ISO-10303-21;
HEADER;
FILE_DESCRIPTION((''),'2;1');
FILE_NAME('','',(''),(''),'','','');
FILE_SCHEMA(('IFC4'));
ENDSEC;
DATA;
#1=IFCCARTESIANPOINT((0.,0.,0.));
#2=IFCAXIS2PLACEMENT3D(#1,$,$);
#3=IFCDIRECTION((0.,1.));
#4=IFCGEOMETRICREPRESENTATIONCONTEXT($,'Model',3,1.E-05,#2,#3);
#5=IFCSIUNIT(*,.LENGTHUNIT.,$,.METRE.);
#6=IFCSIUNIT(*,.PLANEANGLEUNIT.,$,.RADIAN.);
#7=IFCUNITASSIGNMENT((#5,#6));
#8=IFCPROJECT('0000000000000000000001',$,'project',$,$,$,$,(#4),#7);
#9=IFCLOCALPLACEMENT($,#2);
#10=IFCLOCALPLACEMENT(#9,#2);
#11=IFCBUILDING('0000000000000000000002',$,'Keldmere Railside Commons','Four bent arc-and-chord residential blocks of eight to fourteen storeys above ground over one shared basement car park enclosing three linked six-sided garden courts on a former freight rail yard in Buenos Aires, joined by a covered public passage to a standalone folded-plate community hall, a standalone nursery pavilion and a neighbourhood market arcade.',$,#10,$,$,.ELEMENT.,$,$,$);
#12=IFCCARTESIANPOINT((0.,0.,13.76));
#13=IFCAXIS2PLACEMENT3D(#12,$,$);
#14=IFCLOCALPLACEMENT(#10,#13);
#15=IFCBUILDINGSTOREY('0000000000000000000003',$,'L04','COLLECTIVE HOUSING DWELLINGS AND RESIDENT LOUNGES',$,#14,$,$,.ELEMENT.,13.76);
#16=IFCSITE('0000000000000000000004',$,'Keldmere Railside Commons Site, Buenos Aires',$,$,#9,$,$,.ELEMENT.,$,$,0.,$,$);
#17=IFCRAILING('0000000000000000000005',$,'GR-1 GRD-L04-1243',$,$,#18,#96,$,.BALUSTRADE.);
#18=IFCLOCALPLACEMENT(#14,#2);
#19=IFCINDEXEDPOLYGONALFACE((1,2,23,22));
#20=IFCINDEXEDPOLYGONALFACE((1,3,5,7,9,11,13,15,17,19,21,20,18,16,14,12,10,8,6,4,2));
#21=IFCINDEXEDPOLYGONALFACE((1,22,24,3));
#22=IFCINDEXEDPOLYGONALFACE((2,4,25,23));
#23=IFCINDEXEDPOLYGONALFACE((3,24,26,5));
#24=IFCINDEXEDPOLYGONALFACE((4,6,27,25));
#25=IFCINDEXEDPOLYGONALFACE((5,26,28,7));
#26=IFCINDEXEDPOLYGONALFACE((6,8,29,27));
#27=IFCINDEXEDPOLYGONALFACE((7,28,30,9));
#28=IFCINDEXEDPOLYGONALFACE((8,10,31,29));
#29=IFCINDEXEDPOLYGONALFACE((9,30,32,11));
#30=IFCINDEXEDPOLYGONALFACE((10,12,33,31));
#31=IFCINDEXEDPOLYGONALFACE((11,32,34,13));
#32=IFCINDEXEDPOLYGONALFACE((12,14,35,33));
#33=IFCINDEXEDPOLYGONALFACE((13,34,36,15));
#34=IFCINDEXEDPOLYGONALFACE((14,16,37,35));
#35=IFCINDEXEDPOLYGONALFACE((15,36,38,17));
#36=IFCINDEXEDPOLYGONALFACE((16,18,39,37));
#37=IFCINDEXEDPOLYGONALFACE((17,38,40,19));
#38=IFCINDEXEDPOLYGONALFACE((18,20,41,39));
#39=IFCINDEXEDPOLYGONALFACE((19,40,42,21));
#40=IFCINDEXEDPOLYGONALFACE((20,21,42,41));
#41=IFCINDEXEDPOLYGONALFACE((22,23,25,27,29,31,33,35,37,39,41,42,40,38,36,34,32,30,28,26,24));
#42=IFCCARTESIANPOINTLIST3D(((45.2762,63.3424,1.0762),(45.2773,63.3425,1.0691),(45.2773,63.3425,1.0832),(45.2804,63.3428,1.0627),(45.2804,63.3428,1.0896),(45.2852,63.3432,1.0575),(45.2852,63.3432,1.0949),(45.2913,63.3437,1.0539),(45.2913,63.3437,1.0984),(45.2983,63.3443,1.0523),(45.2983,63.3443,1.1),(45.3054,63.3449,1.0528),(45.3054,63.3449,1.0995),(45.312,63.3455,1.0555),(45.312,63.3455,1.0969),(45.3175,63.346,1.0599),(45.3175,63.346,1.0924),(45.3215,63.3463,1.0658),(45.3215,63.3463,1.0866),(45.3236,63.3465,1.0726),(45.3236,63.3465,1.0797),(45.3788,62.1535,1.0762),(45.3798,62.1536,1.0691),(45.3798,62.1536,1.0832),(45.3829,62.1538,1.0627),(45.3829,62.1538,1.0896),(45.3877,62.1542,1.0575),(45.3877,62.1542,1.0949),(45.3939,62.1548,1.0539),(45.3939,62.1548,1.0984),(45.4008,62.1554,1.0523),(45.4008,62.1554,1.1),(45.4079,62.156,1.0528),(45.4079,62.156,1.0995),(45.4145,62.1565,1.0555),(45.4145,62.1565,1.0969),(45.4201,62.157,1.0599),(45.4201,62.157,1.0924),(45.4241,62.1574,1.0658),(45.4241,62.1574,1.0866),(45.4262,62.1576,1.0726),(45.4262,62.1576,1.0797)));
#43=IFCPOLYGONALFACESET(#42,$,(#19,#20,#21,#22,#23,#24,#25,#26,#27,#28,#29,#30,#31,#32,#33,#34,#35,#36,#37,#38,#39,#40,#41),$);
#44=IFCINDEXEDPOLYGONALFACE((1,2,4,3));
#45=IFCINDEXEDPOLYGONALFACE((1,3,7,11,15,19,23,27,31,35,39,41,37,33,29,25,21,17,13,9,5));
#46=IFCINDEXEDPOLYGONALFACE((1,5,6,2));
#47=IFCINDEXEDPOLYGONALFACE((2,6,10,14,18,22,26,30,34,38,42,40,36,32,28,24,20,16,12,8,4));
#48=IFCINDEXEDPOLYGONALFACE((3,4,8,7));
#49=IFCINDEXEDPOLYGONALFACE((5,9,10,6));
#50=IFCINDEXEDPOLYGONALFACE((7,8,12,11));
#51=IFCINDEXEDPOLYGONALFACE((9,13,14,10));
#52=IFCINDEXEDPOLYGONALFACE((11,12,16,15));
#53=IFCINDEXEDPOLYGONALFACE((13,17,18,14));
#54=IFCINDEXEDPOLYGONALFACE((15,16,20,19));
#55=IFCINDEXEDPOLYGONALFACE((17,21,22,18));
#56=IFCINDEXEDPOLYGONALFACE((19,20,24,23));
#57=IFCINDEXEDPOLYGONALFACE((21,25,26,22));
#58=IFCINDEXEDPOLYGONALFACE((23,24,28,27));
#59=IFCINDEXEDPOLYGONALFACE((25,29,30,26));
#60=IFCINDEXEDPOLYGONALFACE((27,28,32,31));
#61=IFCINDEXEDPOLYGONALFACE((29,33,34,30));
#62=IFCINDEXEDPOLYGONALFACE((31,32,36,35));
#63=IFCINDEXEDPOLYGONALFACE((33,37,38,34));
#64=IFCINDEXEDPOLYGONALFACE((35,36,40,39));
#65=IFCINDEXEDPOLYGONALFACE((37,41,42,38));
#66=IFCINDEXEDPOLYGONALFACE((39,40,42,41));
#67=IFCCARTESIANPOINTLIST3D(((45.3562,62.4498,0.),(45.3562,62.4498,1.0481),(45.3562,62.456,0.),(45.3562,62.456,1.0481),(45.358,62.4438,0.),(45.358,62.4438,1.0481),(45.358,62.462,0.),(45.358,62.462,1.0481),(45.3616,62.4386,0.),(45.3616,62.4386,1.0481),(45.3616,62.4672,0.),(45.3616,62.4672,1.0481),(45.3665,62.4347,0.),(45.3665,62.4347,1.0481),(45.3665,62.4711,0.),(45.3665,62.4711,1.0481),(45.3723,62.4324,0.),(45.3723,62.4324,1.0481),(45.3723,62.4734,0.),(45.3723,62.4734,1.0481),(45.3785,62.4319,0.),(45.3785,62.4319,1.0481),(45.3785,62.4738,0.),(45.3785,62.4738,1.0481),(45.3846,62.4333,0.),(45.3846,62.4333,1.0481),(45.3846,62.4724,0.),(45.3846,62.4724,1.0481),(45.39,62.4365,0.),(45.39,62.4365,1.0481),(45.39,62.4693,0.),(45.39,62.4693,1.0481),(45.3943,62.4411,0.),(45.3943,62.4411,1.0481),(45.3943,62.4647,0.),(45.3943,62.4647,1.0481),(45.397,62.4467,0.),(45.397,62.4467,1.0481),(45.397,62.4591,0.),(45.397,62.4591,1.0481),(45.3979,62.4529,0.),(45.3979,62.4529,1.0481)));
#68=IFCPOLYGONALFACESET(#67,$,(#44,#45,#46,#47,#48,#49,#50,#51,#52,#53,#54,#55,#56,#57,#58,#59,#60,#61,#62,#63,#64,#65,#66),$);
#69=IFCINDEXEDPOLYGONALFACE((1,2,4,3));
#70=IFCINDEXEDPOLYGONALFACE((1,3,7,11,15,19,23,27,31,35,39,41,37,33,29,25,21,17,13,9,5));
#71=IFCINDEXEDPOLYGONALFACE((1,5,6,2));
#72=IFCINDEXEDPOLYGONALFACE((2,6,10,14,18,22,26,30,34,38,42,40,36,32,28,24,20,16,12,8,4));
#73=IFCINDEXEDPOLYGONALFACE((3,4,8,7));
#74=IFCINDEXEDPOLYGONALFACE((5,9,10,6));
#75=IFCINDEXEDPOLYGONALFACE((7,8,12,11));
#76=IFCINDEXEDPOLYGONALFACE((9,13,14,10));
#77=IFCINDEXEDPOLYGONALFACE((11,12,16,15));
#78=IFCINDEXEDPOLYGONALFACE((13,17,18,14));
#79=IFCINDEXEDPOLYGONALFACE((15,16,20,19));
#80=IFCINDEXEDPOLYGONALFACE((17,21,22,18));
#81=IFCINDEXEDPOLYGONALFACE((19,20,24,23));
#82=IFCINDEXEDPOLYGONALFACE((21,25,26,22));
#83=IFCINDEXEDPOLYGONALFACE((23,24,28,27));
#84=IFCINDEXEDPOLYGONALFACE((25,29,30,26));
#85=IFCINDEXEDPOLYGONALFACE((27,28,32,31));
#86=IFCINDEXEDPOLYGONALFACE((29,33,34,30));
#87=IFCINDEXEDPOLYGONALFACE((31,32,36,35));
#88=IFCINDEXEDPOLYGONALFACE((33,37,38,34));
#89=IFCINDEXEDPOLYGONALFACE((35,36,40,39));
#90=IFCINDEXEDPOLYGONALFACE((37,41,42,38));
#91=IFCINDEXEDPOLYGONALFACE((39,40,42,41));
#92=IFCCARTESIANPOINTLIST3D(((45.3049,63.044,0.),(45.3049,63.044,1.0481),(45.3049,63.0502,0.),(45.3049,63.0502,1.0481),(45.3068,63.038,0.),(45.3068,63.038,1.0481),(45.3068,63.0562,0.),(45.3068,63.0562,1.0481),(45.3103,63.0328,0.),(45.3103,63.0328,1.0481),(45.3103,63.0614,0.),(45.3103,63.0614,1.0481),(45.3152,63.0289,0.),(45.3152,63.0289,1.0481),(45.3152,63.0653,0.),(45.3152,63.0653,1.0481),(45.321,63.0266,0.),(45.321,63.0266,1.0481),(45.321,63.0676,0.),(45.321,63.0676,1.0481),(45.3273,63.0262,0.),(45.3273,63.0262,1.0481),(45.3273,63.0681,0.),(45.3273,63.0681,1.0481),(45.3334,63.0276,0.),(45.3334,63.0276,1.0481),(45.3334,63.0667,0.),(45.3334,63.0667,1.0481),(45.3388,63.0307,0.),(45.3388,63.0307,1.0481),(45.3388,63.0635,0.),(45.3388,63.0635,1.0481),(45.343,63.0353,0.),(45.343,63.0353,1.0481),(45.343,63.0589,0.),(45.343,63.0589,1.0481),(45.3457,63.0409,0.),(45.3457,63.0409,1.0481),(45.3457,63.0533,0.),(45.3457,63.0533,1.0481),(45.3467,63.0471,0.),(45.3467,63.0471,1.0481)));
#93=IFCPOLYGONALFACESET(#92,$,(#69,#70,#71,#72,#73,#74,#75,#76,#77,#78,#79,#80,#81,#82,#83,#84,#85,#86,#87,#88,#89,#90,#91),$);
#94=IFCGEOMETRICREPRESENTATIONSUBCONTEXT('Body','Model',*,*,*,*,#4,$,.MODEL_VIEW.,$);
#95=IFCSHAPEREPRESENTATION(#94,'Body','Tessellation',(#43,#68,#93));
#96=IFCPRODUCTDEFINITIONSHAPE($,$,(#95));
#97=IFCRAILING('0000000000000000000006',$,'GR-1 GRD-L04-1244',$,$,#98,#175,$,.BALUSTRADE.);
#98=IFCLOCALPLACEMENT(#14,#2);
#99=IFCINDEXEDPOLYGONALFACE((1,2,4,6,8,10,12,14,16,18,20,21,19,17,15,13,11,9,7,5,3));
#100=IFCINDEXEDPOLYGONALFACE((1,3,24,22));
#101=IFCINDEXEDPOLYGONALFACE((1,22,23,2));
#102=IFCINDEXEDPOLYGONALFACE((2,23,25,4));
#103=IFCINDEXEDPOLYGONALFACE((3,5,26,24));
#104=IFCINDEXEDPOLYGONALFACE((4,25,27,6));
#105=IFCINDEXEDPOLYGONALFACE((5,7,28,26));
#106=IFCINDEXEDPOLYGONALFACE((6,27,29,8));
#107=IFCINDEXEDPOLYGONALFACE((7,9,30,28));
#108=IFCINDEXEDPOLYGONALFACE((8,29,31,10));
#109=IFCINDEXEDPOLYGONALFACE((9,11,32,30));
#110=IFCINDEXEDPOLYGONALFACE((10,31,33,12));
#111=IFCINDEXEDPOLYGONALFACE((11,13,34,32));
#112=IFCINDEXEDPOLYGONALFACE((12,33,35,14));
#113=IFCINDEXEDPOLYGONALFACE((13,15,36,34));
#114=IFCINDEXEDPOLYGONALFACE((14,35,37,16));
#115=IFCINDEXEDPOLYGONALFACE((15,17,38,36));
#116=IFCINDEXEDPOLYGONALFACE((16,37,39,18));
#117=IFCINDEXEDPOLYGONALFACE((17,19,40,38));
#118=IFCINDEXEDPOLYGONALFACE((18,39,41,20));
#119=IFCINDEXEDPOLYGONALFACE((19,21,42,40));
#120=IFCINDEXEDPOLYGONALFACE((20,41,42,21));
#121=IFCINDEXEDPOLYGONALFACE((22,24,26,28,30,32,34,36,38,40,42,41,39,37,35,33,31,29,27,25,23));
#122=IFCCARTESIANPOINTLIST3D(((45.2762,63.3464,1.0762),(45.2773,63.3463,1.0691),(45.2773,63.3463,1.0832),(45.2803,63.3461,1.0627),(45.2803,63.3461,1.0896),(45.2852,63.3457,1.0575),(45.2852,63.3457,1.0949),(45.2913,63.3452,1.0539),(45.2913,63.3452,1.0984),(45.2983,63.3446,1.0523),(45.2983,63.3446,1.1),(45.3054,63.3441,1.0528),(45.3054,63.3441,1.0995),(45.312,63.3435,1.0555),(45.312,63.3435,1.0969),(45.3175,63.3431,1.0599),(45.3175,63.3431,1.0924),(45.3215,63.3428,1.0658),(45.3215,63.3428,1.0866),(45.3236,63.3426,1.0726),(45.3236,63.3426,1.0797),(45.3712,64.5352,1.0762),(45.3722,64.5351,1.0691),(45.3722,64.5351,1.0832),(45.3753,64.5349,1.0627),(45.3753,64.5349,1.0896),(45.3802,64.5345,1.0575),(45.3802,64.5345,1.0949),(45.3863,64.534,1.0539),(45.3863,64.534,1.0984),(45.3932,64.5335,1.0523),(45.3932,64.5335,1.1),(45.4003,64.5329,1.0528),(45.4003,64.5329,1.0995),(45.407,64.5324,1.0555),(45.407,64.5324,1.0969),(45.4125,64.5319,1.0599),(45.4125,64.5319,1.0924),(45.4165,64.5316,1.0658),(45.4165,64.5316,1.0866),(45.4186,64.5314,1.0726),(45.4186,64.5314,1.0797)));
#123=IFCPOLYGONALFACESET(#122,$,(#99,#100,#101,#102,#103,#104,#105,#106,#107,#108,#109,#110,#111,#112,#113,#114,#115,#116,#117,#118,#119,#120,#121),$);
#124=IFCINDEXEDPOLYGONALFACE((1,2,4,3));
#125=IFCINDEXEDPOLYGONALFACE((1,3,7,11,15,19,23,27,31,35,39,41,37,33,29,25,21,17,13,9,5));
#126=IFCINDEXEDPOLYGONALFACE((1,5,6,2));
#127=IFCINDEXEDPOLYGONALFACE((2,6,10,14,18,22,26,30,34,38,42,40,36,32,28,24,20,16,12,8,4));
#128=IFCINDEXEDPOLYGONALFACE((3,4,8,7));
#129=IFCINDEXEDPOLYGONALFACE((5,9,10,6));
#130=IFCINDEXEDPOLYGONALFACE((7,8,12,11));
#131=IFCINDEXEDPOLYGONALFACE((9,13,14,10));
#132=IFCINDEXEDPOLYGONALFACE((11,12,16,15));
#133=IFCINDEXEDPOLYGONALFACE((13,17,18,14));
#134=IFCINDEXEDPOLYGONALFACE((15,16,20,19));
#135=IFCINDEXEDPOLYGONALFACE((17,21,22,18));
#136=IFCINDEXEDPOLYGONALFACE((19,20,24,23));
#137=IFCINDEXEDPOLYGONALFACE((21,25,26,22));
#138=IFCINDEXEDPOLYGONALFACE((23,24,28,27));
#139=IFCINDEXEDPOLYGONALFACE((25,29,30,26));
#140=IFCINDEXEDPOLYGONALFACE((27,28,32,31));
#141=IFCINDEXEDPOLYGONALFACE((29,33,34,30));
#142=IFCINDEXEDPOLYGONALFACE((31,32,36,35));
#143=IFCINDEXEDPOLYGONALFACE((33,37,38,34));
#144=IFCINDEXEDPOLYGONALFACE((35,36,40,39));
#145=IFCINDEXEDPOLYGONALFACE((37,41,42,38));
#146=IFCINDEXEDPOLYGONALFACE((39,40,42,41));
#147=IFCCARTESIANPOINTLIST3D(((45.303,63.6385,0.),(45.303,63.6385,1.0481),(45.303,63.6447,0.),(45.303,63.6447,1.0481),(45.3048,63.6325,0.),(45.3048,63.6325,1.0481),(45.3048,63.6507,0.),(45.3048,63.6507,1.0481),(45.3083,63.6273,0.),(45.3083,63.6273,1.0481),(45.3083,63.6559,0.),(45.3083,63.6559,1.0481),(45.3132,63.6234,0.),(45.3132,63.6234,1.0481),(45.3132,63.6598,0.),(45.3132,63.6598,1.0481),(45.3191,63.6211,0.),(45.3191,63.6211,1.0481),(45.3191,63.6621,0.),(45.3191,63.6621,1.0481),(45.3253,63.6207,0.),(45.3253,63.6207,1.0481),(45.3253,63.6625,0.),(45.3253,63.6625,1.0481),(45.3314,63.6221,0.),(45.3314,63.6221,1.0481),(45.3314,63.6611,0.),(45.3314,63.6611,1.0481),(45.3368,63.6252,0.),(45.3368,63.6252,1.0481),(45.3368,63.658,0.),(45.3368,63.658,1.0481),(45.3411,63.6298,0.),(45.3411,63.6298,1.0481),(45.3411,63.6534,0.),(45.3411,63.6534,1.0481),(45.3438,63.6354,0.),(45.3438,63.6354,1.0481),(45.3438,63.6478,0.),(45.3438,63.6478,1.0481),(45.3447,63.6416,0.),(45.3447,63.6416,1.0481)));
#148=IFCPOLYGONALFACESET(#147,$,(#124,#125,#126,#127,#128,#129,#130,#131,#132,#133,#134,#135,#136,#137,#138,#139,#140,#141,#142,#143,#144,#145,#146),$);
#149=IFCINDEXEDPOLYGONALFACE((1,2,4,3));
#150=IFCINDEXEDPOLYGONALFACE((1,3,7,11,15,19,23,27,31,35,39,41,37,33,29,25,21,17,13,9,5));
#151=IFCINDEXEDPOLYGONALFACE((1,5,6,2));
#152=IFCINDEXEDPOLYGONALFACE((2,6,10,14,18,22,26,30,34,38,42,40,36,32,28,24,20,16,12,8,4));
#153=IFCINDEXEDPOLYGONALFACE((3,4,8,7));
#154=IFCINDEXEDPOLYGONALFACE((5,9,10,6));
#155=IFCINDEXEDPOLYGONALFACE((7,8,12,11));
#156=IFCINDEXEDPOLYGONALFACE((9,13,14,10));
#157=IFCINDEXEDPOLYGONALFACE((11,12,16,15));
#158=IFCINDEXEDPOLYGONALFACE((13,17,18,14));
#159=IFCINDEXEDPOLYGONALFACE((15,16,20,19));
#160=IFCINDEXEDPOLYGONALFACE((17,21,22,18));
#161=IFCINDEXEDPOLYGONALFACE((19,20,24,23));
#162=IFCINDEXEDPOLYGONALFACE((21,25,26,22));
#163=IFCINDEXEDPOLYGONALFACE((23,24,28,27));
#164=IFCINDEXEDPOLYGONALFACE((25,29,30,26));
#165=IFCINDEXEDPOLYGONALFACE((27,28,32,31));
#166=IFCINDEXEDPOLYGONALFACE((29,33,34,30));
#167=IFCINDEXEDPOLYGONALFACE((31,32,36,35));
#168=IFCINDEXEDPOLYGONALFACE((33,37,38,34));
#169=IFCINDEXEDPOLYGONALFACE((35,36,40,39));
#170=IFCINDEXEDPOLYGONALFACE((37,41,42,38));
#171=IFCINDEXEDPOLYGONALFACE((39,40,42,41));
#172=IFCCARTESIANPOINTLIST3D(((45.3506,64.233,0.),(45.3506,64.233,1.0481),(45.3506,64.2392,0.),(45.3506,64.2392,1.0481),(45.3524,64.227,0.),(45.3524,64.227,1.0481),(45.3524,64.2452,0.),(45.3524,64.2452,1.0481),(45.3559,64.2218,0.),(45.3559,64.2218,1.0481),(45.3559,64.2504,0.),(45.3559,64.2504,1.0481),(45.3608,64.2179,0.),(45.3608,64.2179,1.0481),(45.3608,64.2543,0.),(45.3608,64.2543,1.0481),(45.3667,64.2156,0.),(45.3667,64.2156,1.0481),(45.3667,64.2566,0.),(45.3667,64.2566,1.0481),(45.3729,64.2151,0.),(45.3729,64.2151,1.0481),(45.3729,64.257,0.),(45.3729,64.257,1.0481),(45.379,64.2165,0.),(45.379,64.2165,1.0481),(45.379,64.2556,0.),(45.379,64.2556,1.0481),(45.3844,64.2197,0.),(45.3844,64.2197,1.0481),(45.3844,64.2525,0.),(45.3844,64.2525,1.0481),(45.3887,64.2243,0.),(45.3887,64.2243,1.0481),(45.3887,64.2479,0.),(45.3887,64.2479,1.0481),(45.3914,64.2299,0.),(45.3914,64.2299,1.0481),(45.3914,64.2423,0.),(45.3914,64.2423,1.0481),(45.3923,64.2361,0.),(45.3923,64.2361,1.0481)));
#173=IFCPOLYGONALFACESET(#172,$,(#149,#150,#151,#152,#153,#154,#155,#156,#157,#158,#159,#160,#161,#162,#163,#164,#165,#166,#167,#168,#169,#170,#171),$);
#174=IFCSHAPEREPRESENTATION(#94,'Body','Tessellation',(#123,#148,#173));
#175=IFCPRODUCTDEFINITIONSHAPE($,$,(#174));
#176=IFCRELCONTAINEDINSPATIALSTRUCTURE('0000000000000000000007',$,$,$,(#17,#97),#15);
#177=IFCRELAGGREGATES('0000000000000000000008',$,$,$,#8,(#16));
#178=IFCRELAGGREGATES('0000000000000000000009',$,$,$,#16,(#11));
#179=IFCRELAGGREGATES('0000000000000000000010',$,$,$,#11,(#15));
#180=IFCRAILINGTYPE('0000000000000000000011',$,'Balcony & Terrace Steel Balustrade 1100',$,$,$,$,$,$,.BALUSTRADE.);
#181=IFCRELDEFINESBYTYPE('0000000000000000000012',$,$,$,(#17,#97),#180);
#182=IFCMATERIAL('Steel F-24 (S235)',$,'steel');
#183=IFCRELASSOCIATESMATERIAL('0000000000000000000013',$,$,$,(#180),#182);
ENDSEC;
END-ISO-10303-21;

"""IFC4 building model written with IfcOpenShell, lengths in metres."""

from ifc_helpers import new_model, si_unit, direction, frame, origin, origin_2d, place, context, subcontext, project, spatial, circle, extrude, material, type_object, element, save


model = new_model("IFC4")

# Units and contexts
model_context = context("Model", 3, precision=1e-05, world=origin(), true_north=direction((0.0, 1.0)))
body_context = subcontext(model_context, "Body", "Model", "MODEL_VIEW")
ifc_project = project(units=[si_unit("LENGTHUNIT", "METRE"), si_unit("PLANEANGLEUNIT", "RADIAN")], contexts=[model_context])

# Site, building, storey
site_placement = place(None, origin())
site = spatial("IfcSite", under=ifc_project, at=site_placement, Name="Keldmere Railside Commons Site, Buenos Aires", CompositionType="ELEMENT", RefElevation=0.0)
building_placement = place(site_placement, origin())
building = spatial("IfcBuilding", under=site, at=building_placement, Name="Keldmere Railside Commons", Description="Four bent arc-and-chord residential blocks of eight to fourteen storeys above ground over one shared basement car park enclosing three linked six-sided garden courts on a former freight rail yard in Buenos Aires, joined by a covered public passage to a standalone folded-plate community hall, a standalone nursery pavilion and a neighbourhood market arcade.", CompositionType="ELEMENT")
storey_placement = place(building_placement, frame((0.0, 0.0, 13.76)))
storey = spatial("IfcBuildingStorey", under=building, at=storey_placement, Name="L04", Description="COLLECTIVE HOUSING DWELLINGS AND RESIDENT LOUNGES", CompositionType="ELEMENT", Elevation=13.76)

# Railings
ifc_material_1 = material(Name="Steel F-24 (S235)", Category="steel")
railing_type_1 = type_object("IfcRailingType", Name="Balcony & Terrace Steel Balustrade 1100", PredefinedType="BALUSTRADE", material=ifc_material_1)
railing_1_placement = place(storey_placement, frame((45.4026, 62.1555, 0.0)))
element("IfcRailing", 1, at=railing_1_placement, inside=storey, type_object=railing_type_1, Name="GR-1 GRD-L04-1243", PredefinedType="BALUSTRADE", context=body_context, shape_type="SweptSolid", body=[
    extrude(circle(Radius=0.0239, at=origin_2d()), frame((0.0, 0.0, 1.0762), z_axis=(-0.085923, 0.996302, 0.0), x_axis=(-0.996302, -0.085923, 0.0)), (0.0, 0.0, 1.0), 1.1934),
    extrude(circle(Radius=0.021, at=origin_2d()), frame((-0.0256, 0.2974, 0.0)), (0.0, 0.0, 1.0), 1.0481),
    extrude(circle(Radius=0.021, at=origin_2d()), frame((-0.0769, 0.8916, 0.0)), (0.0, 0.0, 1.0), 1.0481),
])
railing_2_placement = place(storey_placement, frame((45.3, 63.3445, 0.0)))
element("IfcRailing", 2, at=railing_2_placement, inside=storey, type_object=railing_type_1, Name="GR-1 GRD-L04-1244", PredefinedType="BALUSTRADE", context=body_context, shape_type="SweptSolid", body=[
    extrude(circle(Radius=0.0239, at=origin_2d()), frame((0.0, 0.0, 1.0762), z_axis=(0.079639, 0.996824, 0.0), x_axis=(-0.996824, 0.079639, 0.0)), (0.0, 0.0, 1.0), 1.1926),
    extrude(circle(Radius=0.021, at=origin_2d()), frame((0.0237, 0.2971, 0.0)), (0.0, 0.0, 1.0), 1.0481),
    extrude(circle(Radius=0.021, at=origin_2d()), frame((0.0713, 0.8916, 0.0)), (0.0, 0.0, 1.0), 1.0481),
])

save(model, "model.ifc")
